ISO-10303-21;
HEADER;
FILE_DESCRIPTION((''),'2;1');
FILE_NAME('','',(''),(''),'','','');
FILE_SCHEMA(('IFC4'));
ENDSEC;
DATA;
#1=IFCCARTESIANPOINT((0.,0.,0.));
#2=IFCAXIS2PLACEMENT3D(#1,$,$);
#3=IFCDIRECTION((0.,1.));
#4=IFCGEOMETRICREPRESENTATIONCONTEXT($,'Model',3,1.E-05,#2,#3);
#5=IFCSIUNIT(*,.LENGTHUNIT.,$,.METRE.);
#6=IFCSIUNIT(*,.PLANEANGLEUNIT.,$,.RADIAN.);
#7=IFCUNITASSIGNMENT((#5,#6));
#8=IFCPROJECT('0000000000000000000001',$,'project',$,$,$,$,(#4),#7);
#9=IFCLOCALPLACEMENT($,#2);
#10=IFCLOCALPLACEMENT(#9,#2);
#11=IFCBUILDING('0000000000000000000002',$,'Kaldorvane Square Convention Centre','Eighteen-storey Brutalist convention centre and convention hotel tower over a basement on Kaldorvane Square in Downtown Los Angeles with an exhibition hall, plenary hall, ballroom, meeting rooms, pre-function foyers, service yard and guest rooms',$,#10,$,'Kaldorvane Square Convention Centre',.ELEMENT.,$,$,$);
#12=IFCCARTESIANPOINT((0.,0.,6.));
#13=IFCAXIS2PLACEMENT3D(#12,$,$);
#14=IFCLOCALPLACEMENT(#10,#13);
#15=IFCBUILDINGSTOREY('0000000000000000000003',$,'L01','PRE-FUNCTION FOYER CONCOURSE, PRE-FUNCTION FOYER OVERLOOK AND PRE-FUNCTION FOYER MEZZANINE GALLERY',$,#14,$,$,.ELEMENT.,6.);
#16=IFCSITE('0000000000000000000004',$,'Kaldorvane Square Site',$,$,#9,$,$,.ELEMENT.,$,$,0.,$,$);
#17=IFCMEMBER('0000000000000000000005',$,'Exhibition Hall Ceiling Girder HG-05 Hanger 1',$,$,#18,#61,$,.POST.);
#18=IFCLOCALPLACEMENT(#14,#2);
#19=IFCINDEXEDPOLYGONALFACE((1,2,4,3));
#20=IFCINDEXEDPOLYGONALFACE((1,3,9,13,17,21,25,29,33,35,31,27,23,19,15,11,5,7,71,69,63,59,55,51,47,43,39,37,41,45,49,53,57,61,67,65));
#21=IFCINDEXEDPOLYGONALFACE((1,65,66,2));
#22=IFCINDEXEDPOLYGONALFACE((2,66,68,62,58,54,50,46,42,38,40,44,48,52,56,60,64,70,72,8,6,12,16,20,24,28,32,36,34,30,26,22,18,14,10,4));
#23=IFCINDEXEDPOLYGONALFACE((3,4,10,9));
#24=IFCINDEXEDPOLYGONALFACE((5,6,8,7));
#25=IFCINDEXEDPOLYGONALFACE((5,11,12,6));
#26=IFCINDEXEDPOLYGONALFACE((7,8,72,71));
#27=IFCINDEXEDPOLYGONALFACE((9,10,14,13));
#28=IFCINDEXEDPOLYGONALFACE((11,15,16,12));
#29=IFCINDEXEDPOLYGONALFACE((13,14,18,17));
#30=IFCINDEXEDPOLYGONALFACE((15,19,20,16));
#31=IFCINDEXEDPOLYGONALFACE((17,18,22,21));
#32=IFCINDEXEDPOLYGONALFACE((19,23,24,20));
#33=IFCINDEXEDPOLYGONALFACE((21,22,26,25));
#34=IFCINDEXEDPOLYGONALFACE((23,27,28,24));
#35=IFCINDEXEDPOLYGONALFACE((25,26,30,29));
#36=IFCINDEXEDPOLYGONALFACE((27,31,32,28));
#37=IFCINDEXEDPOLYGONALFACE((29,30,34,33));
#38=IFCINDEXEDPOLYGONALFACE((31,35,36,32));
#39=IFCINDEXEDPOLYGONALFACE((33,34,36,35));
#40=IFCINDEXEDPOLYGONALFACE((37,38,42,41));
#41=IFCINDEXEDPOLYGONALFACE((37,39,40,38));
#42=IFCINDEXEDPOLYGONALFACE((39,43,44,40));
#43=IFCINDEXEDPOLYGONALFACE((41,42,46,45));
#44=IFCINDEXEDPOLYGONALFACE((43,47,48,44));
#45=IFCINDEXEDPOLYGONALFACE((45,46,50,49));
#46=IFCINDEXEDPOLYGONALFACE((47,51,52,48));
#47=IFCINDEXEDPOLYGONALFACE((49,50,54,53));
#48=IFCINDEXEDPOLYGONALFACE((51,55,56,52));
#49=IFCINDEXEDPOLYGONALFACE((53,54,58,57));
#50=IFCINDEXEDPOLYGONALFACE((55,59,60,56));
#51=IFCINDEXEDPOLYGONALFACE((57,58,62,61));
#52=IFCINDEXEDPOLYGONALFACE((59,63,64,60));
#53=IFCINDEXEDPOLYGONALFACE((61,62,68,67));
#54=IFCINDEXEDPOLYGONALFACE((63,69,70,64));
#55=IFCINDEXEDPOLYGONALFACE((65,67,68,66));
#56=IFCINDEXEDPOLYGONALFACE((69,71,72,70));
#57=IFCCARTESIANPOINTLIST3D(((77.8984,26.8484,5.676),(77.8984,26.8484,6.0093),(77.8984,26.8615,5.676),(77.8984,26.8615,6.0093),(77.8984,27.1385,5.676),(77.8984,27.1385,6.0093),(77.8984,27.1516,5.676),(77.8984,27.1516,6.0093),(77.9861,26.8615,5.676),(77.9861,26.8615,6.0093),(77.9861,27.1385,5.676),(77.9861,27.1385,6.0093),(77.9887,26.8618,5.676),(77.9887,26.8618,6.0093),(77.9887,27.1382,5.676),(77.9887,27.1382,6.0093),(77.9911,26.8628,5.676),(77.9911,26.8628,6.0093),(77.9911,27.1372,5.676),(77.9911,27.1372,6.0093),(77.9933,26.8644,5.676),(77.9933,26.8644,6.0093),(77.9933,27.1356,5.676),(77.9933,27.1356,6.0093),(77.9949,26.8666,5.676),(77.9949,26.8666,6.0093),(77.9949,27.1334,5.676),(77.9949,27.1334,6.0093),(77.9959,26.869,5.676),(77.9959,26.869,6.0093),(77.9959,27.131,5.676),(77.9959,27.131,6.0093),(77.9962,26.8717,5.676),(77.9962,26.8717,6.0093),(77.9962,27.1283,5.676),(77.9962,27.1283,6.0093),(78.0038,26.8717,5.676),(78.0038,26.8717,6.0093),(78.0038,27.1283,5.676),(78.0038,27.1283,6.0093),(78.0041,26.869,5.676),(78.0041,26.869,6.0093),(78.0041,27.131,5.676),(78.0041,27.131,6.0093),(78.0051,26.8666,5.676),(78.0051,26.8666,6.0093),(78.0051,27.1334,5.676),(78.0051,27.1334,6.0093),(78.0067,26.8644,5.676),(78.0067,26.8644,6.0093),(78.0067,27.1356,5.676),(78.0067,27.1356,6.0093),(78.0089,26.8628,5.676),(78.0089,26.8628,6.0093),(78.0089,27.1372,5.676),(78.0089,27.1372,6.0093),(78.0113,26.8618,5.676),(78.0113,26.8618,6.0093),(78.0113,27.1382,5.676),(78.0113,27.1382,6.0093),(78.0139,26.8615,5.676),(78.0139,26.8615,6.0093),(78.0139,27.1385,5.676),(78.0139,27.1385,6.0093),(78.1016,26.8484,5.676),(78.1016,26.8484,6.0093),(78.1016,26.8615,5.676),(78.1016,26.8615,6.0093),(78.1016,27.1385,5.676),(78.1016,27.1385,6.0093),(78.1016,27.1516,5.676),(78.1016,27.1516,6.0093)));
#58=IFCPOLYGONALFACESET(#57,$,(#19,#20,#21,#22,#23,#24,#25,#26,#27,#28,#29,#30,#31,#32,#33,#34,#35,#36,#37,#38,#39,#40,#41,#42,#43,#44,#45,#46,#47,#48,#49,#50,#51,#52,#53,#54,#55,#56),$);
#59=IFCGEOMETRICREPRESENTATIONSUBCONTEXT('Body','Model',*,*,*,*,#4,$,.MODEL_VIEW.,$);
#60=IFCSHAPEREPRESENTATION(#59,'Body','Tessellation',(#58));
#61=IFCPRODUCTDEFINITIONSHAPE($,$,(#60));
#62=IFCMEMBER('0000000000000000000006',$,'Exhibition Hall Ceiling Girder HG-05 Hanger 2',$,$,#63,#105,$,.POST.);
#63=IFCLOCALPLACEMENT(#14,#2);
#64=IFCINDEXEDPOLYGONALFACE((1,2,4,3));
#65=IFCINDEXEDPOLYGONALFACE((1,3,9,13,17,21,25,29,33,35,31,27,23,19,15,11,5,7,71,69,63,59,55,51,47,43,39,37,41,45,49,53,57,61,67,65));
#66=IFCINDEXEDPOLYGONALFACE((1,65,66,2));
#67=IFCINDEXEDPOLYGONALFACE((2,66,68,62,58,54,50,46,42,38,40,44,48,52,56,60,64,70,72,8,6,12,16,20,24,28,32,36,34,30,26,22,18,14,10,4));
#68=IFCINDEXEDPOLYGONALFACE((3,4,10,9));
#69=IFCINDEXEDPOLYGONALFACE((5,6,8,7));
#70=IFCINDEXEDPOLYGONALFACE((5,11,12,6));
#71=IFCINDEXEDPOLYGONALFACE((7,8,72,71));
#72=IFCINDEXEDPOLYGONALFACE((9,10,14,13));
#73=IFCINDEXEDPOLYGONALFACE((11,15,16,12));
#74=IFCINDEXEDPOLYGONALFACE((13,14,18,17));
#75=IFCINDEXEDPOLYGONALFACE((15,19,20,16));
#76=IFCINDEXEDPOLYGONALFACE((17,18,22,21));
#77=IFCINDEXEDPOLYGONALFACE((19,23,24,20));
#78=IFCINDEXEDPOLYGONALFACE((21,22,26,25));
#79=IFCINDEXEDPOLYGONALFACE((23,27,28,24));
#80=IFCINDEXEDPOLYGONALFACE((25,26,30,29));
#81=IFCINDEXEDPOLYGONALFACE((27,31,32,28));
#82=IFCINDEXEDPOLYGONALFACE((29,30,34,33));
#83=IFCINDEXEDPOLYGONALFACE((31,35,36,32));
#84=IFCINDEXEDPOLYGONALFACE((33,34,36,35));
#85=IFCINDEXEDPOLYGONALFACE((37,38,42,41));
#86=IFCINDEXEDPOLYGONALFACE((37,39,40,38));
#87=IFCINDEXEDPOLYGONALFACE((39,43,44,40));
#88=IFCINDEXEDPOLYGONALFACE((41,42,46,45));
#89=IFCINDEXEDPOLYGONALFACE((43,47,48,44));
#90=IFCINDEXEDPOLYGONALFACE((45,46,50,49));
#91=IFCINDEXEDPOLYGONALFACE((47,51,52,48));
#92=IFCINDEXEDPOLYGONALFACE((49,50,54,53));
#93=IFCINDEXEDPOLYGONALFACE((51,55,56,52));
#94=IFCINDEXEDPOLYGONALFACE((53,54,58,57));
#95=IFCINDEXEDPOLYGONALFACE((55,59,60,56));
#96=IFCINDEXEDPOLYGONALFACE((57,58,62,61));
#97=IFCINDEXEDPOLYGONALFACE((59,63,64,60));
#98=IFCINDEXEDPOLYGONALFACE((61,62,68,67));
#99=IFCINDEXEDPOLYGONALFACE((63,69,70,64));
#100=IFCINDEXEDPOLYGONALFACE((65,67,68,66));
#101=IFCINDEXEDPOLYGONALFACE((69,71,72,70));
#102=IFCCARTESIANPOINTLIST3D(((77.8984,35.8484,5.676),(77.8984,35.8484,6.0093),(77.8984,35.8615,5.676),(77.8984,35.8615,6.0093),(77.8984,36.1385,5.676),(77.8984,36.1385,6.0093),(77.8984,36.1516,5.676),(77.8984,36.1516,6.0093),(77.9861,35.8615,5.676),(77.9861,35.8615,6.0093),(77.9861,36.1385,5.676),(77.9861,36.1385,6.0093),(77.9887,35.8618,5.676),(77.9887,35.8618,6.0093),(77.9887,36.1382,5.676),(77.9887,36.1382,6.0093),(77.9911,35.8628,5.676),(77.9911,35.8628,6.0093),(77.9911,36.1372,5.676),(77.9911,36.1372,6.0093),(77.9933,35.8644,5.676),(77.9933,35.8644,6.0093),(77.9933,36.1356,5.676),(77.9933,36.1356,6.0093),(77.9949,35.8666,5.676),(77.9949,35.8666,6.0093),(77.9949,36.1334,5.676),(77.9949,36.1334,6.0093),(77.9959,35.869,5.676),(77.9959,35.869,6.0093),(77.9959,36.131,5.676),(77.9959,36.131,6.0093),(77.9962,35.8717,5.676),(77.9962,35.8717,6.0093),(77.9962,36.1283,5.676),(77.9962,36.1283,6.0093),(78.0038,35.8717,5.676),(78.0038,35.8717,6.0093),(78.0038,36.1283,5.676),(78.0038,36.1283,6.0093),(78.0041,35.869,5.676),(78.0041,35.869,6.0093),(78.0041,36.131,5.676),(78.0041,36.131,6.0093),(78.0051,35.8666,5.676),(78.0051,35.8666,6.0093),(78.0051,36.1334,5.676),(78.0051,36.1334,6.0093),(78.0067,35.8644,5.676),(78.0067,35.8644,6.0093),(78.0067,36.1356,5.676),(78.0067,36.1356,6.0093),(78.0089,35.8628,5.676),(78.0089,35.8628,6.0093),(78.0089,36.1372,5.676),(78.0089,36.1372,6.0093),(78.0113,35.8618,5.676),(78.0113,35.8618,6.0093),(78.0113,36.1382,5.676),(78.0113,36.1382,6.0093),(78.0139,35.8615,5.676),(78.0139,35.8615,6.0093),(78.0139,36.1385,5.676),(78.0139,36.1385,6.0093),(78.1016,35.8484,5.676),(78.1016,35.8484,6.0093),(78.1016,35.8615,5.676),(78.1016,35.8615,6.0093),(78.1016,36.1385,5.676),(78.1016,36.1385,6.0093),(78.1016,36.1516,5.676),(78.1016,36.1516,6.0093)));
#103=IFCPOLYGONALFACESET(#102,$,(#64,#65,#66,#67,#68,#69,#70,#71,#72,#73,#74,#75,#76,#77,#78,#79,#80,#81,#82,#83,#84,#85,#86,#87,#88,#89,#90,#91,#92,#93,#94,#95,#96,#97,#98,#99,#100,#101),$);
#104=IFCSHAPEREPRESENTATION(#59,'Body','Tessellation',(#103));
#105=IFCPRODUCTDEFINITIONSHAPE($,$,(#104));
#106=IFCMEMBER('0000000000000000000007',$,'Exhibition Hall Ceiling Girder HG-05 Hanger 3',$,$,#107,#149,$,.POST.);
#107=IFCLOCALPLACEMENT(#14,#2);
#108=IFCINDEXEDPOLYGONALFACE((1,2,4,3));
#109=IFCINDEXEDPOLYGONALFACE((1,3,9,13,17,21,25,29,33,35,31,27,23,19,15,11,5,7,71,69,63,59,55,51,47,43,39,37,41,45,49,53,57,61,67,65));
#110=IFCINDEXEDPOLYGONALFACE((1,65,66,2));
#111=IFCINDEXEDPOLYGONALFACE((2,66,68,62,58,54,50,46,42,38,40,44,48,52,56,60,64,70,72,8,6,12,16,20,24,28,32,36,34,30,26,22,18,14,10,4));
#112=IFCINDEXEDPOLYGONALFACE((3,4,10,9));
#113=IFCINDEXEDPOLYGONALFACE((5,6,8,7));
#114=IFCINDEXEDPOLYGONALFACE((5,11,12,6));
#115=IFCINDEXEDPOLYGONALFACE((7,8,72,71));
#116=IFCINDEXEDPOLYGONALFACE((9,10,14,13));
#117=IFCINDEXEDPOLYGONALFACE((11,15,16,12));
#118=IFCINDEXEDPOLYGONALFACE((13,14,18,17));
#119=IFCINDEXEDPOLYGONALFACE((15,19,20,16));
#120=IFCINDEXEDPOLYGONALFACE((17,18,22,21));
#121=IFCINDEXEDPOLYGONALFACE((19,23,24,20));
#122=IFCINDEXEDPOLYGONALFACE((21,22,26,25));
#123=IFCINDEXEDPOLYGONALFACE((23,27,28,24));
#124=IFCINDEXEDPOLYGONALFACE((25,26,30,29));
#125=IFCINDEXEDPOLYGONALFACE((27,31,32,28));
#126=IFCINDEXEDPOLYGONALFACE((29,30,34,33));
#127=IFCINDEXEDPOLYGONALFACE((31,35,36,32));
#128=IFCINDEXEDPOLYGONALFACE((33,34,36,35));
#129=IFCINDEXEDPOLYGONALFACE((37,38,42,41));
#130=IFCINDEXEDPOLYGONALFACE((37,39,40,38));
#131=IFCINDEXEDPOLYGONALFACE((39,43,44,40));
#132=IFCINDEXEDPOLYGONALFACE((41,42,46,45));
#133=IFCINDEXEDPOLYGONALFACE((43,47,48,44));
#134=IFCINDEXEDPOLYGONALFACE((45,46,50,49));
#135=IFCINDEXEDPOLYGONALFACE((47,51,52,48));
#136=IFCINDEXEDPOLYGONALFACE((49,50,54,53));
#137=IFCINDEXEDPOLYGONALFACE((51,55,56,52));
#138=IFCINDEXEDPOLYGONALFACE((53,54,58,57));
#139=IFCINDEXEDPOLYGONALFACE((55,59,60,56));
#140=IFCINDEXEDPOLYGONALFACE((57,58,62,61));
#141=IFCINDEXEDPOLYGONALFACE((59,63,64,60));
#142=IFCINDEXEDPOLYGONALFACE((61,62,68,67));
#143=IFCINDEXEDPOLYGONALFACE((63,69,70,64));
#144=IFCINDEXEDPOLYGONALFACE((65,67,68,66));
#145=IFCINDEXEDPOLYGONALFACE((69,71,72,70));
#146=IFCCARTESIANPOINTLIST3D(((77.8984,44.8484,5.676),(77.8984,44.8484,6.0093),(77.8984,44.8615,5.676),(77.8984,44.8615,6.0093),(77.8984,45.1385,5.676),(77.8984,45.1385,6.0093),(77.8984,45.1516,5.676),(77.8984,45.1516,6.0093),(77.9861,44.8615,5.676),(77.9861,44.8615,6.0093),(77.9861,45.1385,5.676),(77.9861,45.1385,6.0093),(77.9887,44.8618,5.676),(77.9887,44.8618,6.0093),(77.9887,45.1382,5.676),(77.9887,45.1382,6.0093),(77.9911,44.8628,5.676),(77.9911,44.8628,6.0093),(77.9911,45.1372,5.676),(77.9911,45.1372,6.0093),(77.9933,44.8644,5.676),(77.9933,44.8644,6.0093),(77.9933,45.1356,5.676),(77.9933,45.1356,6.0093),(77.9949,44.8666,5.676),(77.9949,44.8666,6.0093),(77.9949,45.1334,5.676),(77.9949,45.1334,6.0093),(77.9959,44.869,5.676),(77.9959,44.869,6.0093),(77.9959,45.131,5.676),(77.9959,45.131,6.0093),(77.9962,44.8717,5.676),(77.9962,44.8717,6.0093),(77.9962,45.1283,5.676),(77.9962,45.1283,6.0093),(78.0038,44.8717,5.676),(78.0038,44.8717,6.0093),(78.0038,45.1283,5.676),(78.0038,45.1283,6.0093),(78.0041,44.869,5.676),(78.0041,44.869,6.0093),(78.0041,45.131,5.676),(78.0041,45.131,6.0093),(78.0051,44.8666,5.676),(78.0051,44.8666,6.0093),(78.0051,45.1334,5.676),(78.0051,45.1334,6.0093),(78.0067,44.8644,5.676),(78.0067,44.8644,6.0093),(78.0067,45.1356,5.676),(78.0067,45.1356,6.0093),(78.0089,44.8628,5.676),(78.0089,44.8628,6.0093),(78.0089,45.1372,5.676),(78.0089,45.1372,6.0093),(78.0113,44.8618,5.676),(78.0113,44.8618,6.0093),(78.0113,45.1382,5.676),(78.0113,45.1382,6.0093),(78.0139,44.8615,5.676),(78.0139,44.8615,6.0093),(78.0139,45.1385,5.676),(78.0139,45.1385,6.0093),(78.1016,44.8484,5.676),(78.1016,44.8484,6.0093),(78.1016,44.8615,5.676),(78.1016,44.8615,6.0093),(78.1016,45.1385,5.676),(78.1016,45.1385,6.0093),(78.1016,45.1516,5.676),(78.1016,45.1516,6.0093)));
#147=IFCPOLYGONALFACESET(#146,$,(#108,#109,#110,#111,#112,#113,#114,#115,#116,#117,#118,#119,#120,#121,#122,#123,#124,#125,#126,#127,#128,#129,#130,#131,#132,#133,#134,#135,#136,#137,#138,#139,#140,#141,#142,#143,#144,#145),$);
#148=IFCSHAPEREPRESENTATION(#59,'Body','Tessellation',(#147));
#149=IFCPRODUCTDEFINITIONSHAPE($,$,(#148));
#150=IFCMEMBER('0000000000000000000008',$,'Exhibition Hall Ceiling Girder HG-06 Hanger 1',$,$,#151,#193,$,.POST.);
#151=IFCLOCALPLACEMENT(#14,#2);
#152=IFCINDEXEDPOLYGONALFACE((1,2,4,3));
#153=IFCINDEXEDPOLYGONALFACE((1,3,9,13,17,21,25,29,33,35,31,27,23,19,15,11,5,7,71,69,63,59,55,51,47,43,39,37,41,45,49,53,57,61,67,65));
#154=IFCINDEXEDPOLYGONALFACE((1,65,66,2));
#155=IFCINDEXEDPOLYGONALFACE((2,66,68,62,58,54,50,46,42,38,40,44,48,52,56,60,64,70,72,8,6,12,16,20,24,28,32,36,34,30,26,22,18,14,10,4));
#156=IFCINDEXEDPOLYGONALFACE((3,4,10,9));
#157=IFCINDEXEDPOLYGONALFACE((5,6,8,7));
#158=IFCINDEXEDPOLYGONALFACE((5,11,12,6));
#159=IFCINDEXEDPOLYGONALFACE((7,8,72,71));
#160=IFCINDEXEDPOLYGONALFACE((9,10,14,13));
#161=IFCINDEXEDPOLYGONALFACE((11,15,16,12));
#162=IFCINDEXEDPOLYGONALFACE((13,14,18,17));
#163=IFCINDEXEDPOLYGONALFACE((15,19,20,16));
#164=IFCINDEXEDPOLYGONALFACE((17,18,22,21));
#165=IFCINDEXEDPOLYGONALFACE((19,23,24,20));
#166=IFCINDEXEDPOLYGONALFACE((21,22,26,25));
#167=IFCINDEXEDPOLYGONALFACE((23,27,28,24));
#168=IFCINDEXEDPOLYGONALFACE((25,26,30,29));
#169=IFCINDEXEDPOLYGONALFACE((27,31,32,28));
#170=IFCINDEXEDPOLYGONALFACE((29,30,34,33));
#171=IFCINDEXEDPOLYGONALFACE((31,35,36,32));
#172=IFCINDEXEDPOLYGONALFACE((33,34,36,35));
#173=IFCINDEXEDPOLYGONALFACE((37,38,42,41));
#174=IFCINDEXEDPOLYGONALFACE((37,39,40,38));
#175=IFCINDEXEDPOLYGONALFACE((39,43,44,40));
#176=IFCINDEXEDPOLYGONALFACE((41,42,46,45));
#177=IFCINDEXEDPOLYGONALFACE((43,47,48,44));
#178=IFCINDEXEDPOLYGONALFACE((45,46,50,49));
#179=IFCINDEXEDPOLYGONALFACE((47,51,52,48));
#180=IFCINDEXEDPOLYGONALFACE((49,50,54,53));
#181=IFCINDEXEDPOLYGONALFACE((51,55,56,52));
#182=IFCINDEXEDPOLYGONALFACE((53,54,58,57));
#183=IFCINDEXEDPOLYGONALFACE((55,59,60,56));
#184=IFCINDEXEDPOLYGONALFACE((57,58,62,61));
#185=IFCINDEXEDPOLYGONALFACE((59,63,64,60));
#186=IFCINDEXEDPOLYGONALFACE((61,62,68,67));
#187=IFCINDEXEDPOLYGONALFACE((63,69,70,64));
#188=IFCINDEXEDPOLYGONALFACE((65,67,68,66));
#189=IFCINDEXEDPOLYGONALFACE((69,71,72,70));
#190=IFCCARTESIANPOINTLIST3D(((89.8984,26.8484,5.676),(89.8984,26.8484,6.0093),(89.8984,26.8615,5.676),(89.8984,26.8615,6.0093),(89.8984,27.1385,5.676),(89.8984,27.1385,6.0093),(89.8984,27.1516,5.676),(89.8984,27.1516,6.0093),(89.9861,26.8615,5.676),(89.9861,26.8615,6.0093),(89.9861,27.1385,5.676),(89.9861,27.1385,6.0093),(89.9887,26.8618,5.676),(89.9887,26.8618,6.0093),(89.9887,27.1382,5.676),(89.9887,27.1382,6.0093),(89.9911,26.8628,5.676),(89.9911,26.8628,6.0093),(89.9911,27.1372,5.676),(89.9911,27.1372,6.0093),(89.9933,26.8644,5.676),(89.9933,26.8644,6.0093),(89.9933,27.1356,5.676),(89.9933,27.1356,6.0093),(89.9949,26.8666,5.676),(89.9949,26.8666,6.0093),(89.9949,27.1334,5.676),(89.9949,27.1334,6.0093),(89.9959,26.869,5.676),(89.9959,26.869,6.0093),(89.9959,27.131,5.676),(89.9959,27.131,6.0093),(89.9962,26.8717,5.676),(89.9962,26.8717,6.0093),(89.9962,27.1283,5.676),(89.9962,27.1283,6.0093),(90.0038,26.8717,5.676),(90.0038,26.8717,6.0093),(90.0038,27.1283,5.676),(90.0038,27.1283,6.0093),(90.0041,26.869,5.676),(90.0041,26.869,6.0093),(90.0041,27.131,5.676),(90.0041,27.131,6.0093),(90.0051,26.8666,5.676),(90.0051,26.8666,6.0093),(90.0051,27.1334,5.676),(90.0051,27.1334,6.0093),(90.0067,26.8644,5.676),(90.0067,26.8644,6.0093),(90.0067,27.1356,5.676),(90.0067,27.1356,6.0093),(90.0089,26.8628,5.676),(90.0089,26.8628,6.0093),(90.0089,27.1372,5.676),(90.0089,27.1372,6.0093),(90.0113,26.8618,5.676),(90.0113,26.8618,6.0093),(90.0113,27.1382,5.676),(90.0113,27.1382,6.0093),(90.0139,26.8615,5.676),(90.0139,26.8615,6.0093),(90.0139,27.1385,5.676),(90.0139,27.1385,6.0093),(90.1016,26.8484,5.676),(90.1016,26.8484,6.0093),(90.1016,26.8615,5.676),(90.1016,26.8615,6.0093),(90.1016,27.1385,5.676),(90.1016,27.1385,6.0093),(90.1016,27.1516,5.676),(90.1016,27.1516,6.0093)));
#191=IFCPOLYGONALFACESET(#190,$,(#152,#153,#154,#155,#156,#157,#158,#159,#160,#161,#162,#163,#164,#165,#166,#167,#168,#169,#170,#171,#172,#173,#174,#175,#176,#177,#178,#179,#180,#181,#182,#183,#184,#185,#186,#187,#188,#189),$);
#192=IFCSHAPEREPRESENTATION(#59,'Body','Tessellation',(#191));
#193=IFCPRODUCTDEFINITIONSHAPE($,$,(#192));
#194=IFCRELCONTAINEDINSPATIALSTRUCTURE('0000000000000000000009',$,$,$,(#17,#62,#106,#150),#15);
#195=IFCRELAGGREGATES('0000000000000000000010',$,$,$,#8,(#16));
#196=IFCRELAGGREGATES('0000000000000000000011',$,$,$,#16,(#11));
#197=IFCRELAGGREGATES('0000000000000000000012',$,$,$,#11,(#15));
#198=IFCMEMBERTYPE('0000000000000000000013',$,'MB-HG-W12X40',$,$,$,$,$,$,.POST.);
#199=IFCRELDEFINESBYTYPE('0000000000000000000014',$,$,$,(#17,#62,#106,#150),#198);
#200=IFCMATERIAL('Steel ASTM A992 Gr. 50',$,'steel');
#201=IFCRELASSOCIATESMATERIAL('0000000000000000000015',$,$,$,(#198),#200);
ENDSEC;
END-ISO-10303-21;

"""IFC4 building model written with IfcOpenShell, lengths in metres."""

from ifc_helpers import new_model, si_unit, direction, frame, origin, origin_2d, place, context, subcontext, project, spatial, i_section, extrude, material, material_profile, profile_set, type_object, element, save


model = new_model("IFC4")

# Units and contexts
model_context = context("Model", 3, precision=1e-05, world=origin(), true_north=direction((0.0, 1.0)))
body_context = subcontext(model_context, "Body", "Model", "MODEL_VIEW")
ifc_project = project(units=[si_unit("LENGTHUNIT", "METRE"), si_unit("PLANEANGLEUNIT", "RADIAN")], contexts=[model_context])

# Site, building, storey
site_placement = place(None, origin())
site = spatial("IfcSite", under=ifc_project, at=site_placement, Name="Kaldorvane Square Site", CompositionType="ELEMENT", RefElevation=0.0)
building_placement = place(site_placement, origin())
building = spatial("IfcBuilding", under=site, at=building_placement, Name="Kaldorvane Square Convention Centre", Description="Eighteen-storey Brutalist convention centre and convention hotel tower over a basement on Kaldorvane Square in Downtown Los Angeles with an exhibition hall, plenary hall, ballroom, meeting rooms, pre-function foyers, service yard and guest rooms", LongName="Kaldorvane Square Convention Centre", CompositionType="ELEMENT")
storey_placement = place(building_placement, frame((0.0, 0.0, 6.0)))
storey = spatial("IfcBuildingStorey", under=building, at=storey_placement, Name="L01", Description="PRE-FUNCTION FOYER CONCOURSE, PRE-FUNCTION FOYER OVERLOOK AND PRE-FUNCTION FOYER MEZZANINE GALLERY", CompositionType="ELEMENT", Elevation=6.0)

# Shared definitions
ifc_material_1 = material(Name="Steel ASTM A992 Gr. 50", Category="steel")

# Members
ifc_material_profile_1 = material_profile(ifc_material_1, i_section(OverallWidth=0.2033, OverallDepth=0.3033, WebThickness=0.0075, FlangeThickness=0.0131, FilletRadius=0.0102, at=origin_2d()), Name="W12X40")
ifc_profile_set_1 = profile_set([ifc_material_profile_1], Name="Steel ASTM A992 Gr. 50")
member_type = type_object("IfcMemberType", Name="MB-HG-W12X40", PredefinedType="POST", material=ifc_profile_set_1)
for number, where, z_axis, x_axis, name in (
    (1, (78.0, 27.0, 5.676), (0.0, 0.0, 1.0), (1.0, 0.0, 0.0), "Exhibition Hall Ceiling Girder HG-05 Hanger 1"),
    (2, (78.0, 36.0, 5.676), (0.0, 0.0, 1.0), (1.0, 0.0, 0.0), "Exhibition Hall Ceiling Girder HG-05 Hanger 2"),
    (3, (78.0, 45.0, 5.676), (0.0, 0.0, 1.0), (1.0, 0.0, 0.0), "Exhibition Hall Ceiling Girder HG-05 Hanger 3"),
    (4, (90.0, 27.0, 5.676), (0.0, 0.0, 1.0), (1.0, 0.0, 0.0), "Exhibition Hall Ceiling Girder HG-06 Hanger 1"),
):
    element("IfcMember", number, at=place(storey_placement, frame(where, z_axis=z_axis, x_axis=x_axis)), inside=storey, type_object=member_type, Name=name, PredefinedType="POST", context=body_context, shape_type="SweptSolid", body=[
        extrude(i_section(OverallWidth=0.2033, OverallDepth=0.3033, WebThickness=0.0075, FlangeThickness=0.0131, FilletRadius=0.0102, at=origin_2d()), origin(), (0.0, 0.0, 1.0), 0.3333),
    ])

save(model, "model.ifc")
